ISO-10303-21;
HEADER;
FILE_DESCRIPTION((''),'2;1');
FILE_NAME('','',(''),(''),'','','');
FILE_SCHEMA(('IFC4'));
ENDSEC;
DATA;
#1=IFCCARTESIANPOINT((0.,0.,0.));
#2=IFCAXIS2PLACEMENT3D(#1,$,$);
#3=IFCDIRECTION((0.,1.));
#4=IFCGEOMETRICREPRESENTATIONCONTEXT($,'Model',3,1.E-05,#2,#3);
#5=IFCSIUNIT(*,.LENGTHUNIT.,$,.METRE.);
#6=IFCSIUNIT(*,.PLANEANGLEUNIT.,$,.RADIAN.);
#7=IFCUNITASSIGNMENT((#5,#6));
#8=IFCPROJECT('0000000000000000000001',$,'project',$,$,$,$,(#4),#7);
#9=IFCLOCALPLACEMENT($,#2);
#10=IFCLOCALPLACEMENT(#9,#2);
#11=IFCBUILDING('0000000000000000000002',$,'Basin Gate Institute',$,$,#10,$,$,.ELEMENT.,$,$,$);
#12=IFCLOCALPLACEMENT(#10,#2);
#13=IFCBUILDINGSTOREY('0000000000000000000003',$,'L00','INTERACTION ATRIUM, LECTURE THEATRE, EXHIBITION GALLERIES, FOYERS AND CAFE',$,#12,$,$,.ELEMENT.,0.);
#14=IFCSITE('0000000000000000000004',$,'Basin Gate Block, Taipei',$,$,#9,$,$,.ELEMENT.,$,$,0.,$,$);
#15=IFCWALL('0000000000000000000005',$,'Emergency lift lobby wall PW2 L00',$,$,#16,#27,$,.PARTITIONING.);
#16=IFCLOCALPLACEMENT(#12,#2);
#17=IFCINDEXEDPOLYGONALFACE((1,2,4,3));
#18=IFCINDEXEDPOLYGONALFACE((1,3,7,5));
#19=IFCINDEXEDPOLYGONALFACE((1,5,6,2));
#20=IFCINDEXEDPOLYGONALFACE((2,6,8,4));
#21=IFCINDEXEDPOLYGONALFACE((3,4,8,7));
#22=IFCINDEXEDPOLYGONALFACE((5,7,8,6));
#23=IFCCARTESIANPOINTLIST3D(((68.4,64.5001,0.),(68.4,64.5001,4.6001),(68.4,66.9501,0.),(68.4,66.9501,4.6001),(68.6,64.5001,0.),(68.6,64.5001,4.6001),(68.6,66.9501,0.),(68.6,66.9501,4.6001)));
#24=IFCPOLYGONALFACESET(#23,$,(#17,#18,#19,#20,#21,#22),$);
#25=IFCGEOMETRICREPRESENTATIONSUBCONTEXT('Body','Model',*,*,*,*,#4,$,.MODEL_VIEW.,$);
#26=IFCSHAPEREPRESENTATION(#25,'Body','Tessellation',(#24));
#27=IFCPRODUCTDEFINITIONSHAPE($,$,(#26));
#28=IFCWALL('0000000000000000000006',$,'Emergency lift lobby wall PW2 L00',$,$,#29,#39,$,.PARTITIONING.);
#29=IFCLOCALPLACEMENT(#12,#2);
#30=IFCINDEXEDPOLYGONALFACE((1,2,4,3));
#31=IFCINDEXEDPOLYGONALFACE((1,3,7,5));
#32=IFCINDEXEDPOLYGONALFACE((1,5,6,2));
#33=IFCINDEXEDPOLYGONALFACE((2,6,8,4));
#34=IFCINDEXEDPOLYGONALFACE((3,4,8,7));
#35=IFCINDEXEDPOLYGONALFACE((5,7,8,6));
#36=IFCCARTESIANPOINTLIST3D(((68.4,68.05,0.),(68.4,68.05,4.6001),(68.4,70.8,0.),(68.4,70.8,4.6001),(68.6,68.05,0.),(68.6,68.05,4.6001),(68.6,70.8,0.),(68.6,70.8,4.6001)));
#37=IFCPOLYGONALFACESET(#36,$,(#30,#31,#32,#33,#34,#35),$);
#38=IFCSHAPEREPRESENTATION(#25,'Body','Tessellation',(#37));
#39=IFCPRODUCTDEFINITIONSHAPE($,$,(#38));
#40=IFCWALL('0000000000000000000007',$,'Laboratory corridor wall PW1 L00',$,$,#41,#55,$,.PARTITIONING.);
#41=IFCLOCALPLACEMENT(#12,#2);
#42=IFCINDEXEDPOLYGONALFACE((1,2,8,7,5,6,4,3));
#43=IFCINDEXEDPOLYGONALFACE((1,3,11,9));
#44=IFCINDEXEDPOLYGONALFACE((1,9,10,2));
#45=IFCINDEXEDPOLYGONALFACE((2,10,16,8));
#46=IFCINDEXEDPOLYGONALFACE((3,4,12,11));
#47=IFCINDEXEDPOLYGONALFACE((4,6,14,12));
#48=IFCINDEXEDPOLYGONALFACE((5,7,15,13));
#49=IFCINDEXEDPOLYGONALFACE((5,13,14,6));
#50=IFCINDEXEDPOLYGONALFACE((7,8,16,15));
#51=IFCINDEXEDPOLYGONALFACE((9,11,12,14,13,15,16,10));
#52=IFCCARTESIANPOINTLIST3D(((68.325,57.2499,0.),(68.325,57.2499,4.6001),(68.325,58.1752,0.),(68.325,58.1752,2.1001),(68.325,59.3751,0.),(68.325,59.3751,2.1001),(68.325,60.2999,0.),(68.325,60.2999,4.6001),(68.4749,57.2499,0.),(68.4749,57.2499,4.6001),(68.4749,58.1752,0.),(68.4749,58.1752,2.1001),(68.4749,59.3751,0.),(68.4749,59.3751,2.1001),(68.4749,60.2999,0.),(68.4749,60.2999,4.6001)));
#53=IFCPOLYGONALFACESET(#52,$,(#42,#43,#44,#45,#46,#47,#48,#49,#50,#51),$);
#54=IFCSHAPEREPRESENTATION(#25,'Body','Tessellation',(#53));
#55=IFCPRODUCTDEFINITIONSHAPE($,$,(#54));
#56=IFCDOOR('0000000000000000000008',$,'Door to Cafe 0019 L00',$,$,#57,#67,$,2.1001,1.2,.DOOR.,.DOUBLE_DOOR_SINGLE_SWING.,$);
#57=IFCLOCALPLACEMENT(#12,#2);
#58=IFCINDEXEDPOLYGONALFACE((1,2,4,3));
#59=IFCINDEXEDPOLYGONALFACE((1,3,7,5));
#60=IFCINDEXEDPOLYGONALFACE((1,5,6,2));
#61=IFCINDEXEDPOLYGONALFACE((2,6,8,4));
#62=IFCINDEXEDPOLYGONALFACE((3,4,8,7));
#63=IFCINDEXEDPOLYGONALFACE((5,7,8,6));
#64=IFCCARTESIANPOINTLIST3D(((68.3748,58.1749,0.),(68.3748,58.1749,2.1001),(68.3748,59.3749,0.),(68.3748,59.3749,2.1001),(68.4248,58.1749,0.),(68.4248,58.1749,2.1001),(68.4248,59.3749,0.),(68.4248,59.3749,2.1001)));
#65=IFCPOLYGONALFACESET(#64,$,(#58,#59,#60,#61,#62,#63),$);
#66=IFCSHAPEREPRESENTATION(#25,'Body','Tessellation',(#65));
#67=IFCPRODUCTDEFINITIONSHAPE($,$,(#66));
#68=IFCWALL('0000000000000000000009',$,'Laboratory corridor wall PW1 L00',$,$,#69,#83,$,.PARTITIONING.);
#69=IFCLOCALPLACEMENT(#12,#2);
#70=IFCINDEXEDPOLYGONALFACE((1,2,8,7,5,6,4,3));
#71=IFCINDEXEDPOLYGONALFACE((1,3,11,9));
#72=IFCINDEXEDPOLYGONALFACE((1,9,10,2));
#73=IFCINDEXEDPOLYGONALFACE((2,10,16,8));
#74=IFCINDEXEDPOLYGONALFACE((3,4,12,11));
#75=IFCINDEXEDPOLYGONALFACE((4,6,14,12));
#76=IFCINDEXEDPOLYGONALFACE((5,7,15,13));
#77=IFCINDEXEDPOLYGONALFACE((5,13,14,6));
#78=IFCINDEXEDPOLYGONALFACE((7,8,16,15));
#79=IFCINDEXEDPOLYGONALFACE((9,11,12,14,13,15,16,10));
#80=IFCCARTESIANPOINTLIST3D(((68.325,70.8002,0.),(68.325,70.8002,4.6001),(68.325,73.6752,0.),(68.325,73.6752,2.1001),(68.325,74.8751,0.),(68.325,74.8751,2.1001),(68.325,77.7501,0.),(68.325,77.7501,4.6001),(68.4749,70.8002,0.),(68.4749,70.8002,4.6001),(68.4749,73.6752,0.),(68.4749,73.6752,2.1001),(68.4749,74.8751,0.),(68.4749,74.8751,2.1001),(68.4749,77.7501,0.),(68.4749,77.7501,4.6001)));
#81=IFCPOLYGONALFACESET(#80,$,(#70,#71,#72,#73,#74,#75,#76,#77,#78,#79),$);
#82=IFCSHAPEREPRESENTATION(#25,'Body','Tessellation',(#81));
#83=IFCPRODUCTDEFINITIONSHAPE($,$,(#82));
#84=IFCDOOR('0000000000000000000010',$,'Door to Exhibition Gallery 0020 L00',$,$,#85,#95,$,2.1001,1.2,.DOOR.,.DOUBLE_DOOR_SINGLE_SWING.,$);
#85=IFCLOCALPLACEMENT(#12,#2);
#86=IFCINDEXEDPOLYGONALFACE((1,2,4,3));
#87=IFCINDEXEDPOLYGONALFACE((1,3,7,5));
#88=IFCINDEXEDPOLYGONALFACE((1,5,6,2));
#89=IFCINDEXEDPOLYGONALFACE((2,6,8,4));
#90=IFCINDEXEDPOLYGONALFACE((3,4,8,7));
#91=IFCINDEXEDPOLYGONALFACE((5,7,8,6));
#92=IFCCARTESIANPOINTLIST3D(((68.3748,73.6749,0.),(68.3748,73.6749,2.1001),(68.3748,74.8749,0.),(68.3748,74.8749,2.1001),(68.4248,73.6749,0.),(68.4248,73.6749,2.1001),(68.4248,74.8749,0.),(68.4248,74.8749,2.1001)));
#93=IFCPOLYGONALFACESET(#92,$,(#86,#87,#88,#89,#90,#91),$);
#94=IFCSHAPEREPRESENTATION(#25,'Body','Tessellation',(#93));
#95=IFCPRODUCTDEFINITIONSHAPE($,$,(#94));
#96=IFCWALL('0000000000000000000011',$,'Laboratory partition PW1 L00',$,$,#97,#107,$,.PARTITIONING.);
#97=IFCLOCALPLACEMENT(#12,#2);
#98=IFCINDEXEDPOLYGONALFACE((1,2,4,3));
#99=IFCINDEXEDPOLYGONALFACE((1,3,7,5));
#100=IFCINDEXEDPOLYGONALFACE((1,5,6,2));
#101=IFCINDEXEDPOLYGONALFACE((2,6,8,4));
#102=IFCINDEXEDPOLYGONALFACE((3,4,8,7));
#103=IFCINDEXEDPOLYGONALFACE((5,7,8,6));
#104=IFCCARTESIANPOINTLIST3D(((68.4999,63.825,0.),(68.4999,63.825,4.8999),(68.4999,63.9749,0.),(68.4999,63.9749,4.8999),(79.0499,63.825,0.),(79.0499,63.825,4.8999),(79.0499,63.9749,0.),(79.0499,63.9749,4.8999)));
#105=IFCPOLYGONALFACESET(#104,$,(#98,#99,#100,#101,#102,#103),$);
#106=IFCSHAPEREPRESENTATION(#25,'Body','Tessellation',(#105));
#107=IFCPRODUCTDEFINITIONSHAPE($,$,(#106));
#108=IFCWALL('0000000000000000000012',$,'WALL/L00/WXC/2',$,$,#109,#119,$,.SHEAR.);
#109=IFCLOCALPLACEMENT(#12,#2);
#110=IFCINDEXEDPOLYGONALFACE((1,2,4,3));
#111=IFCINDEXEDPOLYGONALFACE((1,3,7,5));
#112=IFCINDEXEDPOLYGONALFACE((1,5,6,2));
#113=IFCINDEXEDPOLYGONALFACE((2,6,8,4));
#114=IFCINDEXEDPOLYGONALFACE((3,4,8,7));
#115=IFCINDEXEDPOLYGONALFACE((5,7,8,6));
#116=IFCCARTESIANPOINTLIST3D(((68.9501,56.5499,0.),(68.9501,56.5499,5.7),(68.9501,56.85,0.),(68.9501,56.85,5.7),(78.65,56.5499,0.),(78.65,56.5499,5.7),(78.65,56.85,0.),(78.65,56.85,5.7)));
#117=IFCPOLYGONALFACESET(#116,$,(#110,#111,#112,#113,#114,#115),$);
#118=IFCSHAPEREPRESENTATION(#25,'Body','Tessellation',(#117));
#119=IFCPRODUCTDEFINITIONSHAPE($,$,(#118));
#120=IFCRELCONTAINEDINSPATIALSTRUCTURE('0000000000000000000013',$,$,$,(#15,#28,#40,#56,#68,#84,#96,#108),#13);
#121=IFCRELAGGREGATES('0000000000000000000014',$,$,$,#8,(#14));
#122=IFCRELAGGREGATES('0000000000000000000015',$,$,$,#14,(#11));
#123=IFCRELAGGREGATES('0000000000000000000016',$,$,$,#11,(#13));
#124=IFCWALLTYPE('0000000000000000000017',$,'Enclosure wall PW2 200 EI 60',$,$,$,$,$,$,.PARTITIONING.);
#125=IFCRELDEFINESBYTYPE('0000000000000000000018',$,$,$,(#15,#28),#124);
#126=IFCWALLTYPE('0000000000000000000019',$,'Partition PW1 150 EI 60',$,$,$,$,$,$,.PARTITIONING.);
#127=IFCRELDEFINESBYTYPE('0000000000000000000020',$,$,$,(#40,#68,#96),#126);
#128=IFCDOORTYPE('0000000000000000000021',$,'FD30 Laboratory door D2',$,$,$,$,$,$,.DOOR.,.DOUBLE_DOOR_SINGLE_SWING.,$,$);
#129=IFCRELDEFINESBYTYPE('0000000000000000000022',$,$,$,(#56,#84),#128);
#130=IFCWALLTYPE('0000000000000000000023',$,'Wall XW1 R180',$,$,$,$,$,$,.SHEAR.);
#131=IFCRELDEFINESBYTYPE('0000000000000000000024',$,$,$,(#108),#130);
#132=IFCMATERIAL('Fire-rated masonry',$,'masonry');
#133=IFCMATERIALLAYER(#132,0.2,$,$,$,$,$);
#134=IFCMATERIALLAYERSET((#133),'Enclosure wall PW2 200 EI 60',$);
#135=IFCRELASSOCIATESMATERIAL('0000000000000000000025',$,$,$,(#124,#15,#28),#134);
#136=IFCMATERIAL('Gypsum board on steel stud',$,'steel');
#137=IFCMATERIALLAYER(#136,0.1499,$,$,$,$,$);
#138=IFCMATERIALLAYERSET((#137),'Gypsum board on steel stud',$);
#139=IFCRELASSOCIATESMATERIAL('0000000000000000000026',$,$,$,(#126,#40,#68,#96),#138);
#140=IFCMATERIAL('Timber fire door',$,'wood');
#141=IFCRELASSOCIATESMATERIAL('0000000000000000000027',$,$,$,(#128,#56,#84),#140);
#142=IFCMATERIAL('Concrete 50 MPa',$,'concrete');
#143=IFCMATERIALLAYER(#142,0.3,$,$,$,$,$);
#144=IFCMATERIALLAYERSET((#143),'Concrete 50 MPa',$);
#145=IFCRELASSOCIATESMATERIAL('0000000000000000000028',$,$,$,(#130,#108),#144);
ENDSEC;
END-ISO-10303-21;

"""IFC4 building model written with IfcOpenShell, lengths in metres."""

from ifc_helpers import new_model, si_unit, direction, frame, frame_2d, origin, place, context, subcontext, project, spatial, rectangle, extrude, material, layer, layer_set, type_object, element, fill, save


model = new_model("IFC4")

# Units and contexts
model_context = context("Model", 3, precision=1e-05, world=origin(), true_north=direction((0.0, 1.0)))
body_context = subcontext(model_context, "Body", "Model", "MODEL_VIEW")
ifc_project = project(units=[si_unit("LENGTHUNIT", "METRE"), si_unit("PLANEANGLEUNIT", "RADIAN")], contexts=[model_context])

# Site, building, storey
site_placement = place(None, origin())
site = spatial("IfcSite", under=ifc_project, at=site_placement, Name="Basin Gate Block, Taipei", CompositionType="ELEMENT", RefElevation=0.0)
building_placement = place(site_placement, origin())
building = spatial("IfcBuilding", under=site, at=building_placement, Name="Basin Gate Institute", CompositionType="ELEMENT")
storey_placement = place(building_placement, origin())
storey = spatial("IfcBuildingStorey", under=building, at=storey_placement, Name="L00", Description="INTERACTION ATRIUM, LECTURE THEATRE, EXHIBITION GALLERIES, FOYERS AND CAFE", CompositionType="ELEMENT", Elevation=0.0)

# Walls
ifc_material_1 = material(Name="Fire-rated masonry", Category="masonry")
ifc_layer_1 = layer(ifc_material_1, 0.2)
ifc_layer_set_1 = layer_set([ifc_layer_1], Name="Enclosure wall PW2 200 EI 60")
wall_type_1 = type_object("IfcWallType", Name="Enclosure wall PW2 200 EI 60", PredefinedType="PARTITIONING", material=ifc_layer_set_1)
wall_1_placement = place(storey_placement, frame((68.5, 64.5, 0.0), z_axis=(0.0, 0.0, 1.0), x_axis=(0.0, 1.0, 0.0)))
element("IfcWall", 1, at=wall_1_placement, inside=storey, type_object=wall_type_1, material=ifc_layer_set_1, Name="Emergency lift lobby wall PW2 L00", PredefinedType="PARTITIONING", context=body_context, shape_type="SweptSolid", body=[
    extrude(rectangle(XDim=2.45, YDim=0.2, at=frame_2d((1.2251, 0.0))), origin(), (0.0, 0.0, 1.0), 4.6001),
])
wall_2_placement = place(storey_placement, frame((68.5, 68.05, 0.0), z_axis=(0.0, 0.0, 1.0), x_axis=(0.0, 1.0, 0.0)))
element("IfcWall", 2, at=wall_2_placement, inside=storey, type_object=wall_type_1, material=ifc_layer_set_1, Name="Emergency lift lobby wall PW2 L00", PredefinedType="PARTITIONING", context=body_context, shape_type="SweptSolid", body=[
    extrude(rectangle(XDim=2.75, YDim=0.2, at=frame_2d((1.375, 0.0))), origin(), (0.0, 0.0, 1.0), 4.6001),
])

# Walls, openings, doors
ifc_material_2 = material(Name="Gypsum board on steel stud", Category="steel")
ifc_layer_2 = layer(ifc_material_2, 0.1499)
ifc_layer_set_2 = layer_set([ifc_layer_2], Name="Gypsum board on steel stud")
wall_type_2 = type_object("IfcWallType", Name="Partition PW1 150 EI 60", PredefinedType="PARTITIONING", material=ifc_layer_set_2)
wall_3_placement = place(storey_placement, frame((68.3999, 57.25, 0.0), z_axis=(0.0, 0.0, 1.0), x_axis=(0.0, 1.0, 0.0)))
wall_3 = element("IfcWall", 3, at=wall_3_placement, inside=storey, type_object=wall_type_2, material=ifc_layer_set_2, Name="Laboratory corridor wall PW1 L00", PredefinedType="PARTITIONING", context=body_context, shape_type="SweptSolid", body=[
    extrude(rectangle(XDim=3.05, YDim=0.1499, at=frame_2d((1.5249, 0.0))), origin(), (0.0, 0.0, 1.0), 4.6001),
])
opening_1_placement = place(wall_3_placement, frame((0.925, 0.0, 0.0)))
opening_1 = element("IfcOpeningElement", 4, at=opening_1_placement, cuts=wall_3, PredefinedType="OPENING", context=body_context, shape_type="SweptSolid", body=[
    extrude(rectangle(XDim=1.2, YDim=2.1001, at=frame_2d((0.6001, 1.05))), frame((0.0, 0.085, 0.0), z_axis=(0.0, -1.0, 0.0), x_axis=(1.0, 0.0, 0.0)), (0.0, 0.0, 1.0), 0.1699),
])
ifc_material_3 = material(Name="Timber fire door", Category="wood")
door_type = type_object("IfcDoorType", Name="FD30 Laboratory door D2", OperationType="DOUBLE_DOOR_SINGLE_SWING", PredefinedType="DOOR", material=ifc_material_3)
door_1_placement = place(opening_1_placement, frame((1.2, 0.0, 0.0), z_axis=(0.0, 0.0, 1.0), x_axis=(-1.0, 0.0, 0.0)))
door_1 = element("IfcDoor", 5, at=door_1_placement, inside=storey, type_object=door_type, material=ifc_material_3, Name="Door to Cafe 0019 L00", OperationType="DOUBLE_DOOR_SINGLE_SWING", OverallHeight=2.1001, OverallWidth=1.2, PredefinedType="DOOR", context=body_context, shape_type="SweptSolid", body=[
    extrude(rectangle(XDim=1.2, YDim=2.1001, at=frame_2d((0.6001, 1.05))), frame((0.0, 0.0249, 0.0), z_axis=(0.0, -1.0, 0.0), x_axis=(1.0, 0.0, 0.0)), (0.0, 0.0, 1.0), 0.05),
])
fill(opening_1, door_1)
wall_4_placement = place(storey_placement, frame((68.3999, 70.8, 0.0), z_axis=(0.0, 0.0, 1.0), x_axis=(0.0, 1.0, 0.0)))
wall_4 = element("IfcWall", 6, at=wall_4_placement, inside=storey, type_object=wall_type_2, material=ifc_layer_set_2, Name="Laboratory corridor wall PW1 L00", PredefinedType="PARTITIONING", context=body_context, shape_type="SweptSolid", body=[
    extrude(rectangle(XDim=6.95, YDim=0.1499, at=frame_2d((3.4751, 0.0))), origin(), (0.0, 0.0, 1.0), 4.6001),
])
opening_2_placement = place(wall_4_placement, frame((2.875, 0.0, 0.0)))
opening_2 = element("IfcOpeningElement", 7, at=opening_2_placement, cuts=wall_4, PredefinedType="OPENING", context=body_context, shape_type="SweptSolid", body=[
    extrude(rectangle(XDim=1.2, YDim=2.1001, at=frame_2d((0.6001, 1.05))), frame((0.0, 0.085, 0.0), z_axis=(0.0, -1.0, 0.0), x_axis=(1.0, 0.0, 0.0)), (0.0, 0.0, 1.0), 0.1699),
])
door_2_placement = place(opening_2_placement, frame((1.2, 0.0, 0.0), z_axis=(0.0, 0.0, 1.0), x_axis=(-1.0, 0.0, 0.0)))
door_2 = element("IfcDoor", 8, at=door_2_placement, inside=storey, type_object=door_type, material=ifc_material_3, Name="Door to Exhibition Gallery 0020 L00", OperationType="DOUBLE_DOOR_SINGLE_SWING", OverallHeight=2.1001, OverallWidth=1.2, PredefinedType="DOOR", context=body_context, shape_type="SweptSolid", body=[
    extrude(rectangle(XDim=1.2, YDim=2.1001, at=frame_2d((0.6001, 1.05))), frame((0.0, 0.0249, 0.0), z_axis=(0.0, -1.0, 0.0), x_axis=(1.0, 0.0, 0.0)), (0.0, 0.0, 1.0), 0.05),
])
fill(opening_2, door_2)

# Walls
wall_5_placement = place(storey_placement, frame((68.5, 63.8999, 0.0), z_axis=(0.0, 0.0, 1.0), x_axis=(1.0, 0.0, 0.0)))
element("IfcWall", 9, at=wall_5_placement, inside=storey, type_object=wall_type_2, material=ifc_layer_set_2, Name="Laboratory partition PW1 L00", PredefinedType="PARTITIONING", context=body_context, shape_type="SweptSolid", body=[
    extrude(rectangle(XDim=10.55, YDim=0.1499, at=frame_2d((5.2749, 0.0))), origin(), (0.0, 0.0, 1.0), 4.8999),
])
ifc_material_4 = material(Name="Concrete 50 MPa", Category="concrete")
ifc_layer_3 = layer(ifc_material_4, 0.3)
ifc_layer_set_3 = layer_set([ifc_layer_3], Name="Concrete 50 MPa")
wall_type_3 = type_object("IfcWallType", Name="Wall XW1 R180", PredefinedType="SHEAR", material=ifc_layer_set_3)
wall_6_placement = place(storey_placement, frame((68.95, 56.7, 0.0), z_axis=(0.0, 0.0, 1.0), x_axis=(1.0, 0.0, 0.0)))
element("IfcWall", 10, at=wall_6_placement, inside=storey, type_object=wall_type_3, material=ifc_layer_set_3, Name="WALL/L00/WXC/2", PredefinedType="SHEAR", context=body_context, shape_type="SweptSolid", body=[
    extrude(rectangle(XDim=9.7, YDim=0.3, at=frame_2d((4.8501, 0.0))), origin(), (0.0, 0.0, 1.0), 5.7),
])

save(model, "model.ifc")
